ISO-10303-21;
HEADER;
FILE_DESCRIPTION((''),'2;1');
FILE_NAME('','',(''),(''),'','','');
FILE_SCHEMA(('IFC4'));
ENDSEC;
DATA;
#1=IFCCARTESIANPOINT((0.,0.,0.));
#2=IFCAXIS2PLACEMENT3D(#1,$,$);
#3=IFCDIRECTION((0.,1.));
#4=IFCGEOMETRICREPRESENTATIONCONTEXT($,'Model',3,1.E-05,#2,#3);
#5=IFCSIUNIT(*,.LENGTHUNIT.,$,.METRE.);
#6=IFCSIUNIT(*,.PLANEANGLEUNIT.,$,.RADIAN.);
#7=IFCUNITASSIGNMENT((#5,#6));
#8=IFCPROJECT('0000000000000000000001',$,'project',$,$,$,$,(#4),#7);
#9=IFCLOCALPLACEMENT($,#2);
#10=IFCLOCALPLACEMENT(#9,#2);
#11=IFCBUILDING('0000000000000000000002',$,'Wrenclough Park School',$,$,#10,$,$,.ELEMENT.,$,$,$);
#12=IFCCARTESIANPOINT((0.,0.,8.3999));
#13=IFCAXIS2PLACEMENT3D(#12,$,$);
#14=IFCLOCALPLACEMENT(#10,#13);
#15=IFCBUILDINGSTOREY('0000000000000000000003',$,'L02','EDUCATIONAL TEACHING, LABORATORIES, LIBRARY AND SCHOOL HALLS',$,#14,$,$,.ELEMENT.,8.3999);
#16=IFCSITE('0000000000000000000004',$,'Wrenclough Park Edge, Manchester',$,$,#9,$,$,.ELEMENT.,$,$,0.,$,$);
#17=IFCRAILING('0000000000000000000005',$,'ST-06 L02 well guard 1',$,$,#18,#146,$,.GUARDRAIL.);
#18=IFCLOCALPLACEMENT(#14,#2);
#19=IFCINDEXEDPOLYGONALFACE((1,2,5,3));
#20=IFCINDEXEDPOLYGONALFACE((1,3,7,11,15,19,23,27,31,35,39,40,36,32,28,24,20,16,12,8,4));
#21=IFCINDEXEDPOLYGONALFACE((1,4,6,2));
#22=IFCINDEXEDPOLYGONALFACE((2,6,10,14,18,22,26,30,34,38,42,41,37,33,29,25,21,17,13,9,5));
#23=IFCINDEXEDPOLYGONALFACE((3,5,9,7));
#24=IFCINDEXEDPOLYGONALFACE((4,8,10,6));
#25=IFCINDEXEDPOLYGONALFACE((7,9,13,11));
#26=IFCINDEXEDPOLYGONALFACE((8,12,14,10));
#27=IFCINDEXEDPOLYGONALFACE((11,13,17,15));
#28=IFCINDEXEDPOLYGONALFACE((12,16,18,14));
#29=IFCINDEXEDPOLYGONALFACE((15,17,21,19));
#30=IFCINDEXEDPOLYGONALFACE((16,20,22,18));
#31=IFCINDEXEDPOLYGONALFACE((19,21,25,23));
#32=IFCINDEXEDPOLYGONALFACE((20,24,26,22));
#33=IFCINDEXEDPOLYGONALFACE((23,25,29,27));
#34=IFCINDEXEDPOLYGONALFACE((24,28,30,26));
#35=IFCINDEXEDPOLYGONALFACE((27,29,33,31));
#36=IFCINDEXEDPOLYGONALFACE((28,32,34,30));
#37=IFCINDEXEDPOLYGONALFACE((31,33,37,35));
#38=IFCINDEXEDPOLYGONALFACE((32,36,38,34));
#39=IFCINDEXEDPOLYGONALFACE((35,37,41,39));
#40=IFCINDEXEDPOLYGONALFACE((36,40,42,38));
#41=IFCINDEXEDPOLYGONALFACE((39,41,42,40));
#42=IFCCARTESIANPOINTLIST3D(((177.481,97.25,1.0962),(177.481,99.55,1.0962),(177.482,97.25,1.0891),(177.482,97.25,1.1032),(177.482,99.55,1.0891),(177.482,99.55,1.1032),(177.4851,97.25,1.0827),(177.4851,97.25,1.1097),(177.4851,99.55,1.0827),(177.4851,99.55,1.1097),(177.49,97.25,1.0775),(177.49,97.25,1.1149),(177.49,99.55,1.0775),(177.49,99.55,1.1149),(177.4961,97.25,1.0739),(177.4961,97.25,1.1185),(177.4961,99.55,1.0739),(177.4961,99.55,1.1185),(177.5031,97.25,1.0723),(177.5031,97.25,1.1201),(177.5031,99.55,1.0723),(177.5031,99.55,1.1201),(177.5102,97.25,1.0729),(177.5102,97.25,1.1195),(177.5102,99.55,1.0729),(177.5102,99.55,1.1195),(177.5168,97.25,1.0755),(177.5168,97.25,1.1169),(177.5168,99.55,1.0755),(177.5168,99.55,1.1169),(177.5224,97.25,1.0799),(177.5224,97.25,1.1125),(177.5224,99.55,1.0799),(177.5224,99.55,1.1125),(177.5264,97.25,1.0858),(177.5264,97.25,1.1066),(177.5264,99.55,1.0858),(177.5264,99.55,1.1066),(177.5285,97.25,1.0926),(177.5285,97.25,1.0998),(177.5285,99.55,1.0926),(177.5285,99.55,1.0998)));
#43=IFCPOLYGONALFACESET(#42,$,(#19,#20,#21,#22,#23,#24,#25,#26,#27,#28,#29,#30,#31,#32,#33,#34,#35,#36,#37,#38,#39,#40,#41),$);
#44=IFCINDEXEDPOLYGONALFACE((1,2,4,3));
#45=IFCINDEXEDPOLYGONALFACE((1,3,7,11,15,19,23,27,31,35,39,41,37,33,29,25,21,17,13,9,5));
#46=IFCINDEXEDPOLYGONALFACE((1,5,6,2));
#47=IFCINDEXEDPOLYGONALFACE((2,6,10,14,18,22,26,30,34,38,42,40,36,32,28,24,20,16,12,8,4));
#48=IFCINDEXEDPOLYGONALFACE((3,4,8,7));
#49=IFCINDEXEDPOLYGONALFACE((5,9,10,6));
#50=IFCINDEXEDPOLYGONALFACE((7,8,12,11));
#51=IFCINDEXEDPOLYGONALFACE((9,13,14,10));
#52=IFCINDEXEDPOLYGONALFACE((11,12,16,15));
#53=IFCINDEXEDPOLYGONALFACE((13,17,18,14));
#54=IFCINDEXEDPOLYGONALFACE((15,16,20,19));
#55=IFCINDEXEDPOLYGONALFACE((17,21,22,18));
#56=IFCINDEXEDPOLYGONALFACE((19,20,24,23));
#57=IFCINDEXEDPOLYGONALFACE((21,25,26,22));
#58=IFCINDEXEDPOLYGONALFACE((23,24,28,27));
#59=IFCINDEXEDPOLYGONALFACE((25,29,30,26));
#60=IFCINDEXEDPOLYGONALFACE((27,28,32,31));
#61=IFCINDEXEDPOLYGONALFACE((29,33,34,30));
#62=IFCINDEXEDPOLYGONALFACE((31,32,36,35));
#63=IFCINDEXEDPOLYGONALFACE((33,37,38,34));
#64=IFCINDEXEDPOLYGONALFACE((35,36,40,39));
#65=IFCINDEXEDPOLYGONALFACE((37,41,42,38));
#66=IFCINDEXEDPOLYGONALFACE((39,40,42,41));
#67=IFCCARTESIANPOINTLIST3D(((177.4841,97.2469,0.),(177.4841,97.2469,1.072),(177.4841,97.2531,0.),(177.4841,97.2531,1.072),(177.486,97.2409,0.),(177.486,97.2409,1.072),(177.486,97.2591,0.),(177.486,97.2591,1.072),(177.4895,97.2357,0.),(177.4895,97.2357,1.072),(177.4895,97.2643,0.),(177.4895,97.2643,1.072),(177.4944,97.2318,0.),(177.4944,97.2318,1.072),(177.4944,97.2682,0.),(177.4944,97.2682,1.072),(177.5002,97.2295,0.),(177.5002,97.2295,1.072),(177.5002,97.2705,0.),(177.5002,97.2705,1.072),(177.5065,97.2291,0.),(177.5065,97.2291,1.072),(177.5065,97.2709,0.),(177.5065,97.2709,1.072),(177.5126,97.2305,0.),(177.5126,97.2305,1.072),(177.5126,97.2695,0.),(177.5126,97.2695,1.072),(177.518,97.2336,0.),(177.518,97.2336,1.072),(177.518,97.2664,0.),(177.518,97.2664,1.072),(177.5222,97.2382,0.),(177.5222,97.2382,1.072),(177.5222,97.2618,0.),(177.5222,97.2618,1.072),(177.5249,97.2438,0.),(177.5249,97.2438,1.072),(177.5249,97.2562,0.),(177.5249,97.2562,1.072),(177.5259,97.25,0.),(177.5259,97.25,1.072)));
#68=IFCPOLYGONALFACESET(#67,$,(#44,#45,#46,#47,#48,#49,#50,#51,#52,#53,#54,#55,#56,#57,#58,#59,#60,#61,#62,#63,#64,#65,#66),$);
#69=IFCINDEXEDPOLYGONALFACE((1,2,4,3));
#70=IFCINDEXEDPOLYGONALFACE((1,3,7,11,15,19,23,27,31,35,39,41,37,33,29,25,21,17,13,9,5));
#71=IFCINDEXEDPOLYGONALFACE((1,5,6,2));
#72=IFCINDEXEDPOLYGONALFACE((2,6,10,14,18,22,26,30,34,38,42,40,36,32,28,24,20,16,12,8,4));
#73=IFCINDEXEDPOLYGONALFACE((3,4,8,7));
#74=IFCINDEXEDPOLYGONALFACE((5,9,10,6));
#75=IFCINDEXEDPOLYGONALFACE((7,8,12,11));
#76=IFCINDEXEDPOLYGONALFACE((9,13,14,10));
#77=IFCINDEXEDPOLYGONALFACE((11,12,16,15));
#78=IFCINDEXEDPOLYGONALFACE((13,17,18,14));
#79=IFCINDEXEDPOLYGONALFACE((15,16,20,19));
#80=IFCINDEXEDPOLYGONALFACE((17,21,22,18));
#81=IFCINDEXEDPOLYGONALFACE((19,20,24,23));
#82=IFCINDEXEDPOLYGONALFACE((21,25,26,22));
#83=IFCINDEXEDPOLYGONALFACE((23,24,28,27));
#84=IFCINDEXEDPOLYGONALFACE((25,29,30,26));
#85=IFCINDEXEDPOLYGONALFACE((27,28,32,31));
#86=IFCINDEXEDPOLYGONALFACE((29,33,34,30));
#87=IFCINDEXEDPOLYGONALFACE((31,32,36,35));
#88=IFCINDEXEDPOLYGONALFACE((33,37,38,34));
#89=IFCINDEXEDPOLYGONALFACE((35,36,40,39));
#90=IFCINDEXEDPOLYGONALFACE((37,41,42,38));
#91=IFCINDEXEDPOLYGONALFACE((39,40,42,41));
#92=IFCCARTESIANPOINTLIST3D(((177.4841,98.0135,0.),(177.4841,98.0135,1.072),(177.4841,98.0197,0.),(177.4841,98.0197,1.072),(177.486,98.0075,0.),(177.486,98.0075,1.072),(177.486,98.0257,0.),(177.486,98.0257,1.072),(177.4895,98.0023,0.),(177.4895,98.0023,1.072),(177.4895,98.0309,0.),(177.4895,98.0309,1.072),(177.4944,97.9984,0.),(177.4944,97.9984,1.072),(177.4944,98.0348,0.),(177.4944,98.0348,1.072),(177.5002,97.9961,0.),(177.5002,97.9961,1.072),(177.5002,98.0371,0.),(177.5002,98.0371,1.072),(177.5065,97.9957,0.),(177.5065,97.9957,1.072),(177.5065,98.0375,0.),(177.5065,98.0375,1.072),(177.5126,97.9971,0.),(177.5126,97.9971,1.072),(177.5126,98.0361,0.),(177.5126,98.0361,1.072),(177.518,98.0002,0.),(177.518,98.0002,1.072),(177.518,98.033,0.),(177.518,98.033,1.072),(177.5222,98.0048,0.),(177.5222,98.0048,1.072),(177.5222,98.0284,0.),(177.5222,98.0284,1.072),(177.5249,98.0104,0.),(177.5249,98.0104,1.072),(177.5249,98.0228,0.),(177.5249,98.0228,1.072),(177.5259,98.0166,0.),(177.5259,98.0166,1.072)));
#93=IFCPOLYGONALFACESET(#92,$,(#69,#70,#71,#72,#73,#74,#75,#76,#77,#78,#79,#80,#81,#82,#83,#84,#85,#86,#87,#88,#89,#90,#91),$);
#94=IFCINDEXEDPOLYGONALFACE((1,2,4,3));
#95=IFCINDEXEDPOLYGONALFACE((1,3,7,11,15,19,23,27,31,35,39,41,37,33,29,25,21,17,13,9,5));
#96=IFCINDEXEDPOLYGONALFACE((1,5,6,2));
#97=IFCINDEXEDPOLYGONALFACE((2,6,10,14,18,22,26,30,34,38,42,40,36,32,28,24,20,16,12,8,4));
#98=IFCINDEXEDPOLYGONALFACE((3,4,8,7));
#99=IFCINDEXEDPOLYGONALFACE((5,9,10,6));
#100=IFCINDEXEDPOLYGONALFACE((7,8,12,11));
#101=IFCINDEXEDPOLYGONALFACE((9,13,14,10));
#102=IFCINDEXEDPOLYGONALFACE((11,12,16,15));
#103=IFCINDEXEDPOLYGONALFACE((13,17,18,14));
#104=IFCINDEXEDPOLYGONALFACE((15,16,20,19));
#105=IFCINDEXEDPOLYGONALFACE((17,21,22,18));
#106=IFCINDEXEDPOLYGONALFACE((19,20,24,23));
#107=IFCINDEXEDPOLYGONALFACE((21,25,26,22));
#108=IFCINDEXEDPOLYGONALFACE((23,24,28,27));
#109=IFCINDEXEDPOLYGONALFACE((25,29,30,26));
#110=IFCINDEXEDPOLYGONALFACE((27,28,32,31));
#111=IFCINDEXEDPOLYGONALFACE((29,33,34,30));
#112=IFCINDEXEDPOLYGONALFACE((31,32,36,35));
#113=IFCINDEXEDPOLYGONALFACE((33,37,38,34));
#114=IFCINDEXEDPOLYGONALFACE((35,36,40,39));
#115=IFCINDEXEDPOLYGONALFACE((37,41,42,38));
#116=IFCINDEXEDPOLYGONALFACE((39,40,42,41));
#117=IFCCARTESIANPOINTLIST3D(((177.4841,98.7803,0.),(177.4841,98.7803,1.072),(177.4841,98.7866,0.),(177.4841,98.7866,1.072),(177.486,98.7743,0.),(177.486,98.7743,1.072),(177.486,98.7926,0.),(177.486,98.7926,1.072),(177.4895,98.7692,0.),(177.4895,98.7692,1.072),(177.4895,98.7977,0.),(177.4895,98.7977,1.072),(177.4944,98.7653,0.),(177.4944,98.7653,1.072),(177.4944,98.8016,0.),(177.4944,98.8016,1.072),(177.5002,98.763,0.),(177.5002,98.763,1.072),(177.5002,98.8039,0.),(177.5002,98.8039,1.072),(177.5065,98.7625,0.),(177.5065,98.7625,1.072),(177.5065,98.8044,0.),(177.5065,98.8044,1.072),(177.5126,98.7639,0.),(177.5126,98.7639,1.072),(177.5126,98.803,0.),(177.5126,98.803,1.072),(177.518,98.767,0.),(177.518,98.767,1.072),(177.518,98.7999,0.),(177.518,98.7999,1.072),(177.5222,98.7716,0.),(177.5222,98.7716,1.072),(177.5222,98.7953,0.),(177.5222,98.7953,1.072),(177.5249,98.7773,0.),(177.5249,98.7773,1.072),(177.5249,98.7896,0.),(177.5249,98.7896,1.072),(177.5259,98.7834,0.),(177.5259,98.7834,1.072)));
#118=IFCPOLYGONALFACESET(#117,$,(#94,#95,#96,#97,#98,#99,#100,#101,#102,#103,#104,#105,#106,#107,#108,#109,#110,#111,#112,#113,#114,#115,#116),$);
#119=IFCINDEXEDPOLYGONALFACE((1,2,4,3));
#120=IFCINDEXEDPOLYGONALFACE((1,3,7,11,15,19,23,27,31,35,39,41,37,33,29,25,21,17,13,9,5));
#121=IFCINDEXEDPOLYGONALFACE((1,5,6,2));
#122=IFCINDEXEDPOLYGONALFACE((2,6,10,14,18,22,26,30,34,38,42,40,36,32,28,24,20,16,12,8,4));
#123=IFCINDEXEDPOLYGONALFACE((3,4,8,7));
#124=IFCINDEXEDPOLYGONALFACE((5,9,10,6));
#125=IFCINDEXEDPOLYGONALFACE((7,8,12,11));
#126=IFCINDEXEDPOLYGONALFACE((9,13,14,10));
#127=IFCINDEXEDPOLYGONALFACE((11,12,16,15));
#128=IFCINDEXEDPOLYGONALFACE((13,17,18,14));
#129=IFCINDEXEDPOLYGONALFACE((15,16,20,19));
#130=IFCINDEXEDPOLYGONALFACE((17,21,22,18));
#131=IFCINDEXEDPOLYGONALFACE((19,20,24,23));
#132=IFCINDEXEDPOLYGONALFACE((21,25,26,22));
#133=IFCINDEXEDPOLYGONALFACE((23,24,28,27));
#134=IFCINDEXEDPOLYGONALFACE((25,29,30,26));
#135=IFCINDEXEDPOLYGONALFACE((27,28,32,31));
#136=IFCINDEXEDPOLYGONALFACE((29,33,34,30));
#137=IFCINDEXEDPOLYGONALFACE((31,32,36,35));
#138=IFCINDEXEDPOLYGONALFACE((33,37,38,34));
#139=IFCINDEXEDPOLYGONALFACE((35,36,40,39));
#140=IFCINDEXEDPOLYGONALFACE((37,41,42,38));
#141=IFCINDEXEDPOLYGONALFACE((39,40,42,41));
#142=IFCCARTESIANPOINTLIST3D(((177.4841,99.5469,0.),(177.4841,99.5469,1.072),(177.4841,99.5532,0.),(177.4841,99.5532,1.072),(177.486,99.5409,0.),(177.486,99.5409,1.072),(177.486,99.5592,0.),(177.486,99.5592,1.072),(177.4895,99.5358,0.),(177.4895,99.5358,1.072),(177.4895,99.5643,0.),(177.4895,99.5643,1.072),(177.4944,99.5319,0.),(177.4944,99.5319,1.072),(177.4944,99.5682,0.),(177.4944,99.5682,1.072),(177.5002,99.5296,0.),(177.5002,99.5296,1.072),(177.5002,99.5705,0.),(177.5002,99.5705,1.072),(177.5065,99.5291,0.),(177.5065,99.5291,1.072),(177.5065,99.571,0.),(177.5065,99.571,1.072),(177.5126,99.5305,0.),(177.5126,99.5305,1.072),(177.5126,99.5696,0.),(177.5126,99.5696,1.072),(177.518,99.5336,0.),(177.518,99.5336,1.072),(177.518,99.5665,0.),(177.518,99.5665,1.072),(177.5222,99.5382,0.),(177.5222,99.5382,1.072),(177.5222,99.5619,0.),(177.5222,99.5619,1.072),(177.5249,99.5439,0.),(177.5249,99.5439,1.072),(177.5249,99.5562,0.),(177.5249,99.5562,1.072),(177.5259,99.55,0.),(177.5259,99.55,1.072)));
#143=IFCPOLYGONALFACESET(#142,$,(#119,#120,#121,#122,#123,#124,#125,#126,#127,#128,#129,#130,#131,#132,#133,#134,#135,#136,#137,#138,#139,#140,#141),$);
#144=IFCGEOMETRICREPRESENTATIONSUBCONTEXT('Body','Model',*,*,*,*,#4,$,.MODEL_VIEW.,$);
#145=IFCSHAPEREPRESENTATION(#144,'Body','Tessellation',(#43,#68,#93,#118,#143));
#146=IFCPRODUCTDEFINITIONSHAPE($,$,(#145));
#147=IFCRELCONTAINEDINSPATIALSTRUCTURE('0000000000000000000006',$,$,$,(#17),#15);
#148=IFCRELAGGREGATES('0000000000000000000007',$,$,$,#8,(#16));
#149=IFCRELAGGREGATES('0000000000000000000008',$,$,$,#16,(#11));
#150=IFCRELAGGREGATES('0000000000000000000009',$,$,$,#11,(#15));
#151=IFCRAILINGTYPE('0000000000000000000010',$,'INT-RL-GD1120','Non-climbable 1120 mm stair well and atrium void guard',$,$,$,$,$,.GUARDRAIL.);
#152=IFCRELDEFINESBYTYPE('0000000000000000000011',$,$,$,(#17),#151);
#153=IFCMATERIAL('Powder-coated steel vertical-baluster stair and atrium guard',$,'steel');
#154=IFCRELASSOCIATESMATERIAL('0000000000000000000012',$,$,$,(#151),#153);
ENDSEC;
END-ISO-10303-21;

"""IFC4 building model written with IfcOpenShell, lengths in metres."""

from ifc_helpers import new_model, si_unit, direction, frame, origin, origin_2d, place, context, subcontext, project, spatial, circle, extrude, material, type_object, element, save


model = new_model("IFC4")

# Units and contexts
model_context = context("Model", 3, precision=1e-05, world=origin(), true_north=direction((0.0, 1.0)))
body_context = subcontext(model_context, "Body", "Model", "MODEL_VIEW")
ifc_project = project(units=[si_unit("LENGTHUNIT", "METRE"), si_unit("PLANEANGLEUNIT", "RADIAN")], contexts=[model_context])

# Site, building, storey
site_placement = place(None, origin())
site = spatial("IfcSite", under=ifc_project, at=site_placement, Name="Wrenclough Park Edge, Manchester", CompositionType="ELEMENT", RefElevation=0.0)
building_placement = place(site_placement, origin())
building = spatial("IfcBuilding", under=site, at=building_placement, Name="Wrenclough Park School", CompositionType="ELEMENT")
storey_placement = place(building_placement, frame((0.0, 0.0, 8.3999)))
storey = spatial("IfcBuildingStorey", under=building, at=storey_placement, Name="L02", Description="EDUCATIONAL TEACHING, LABORATORIES, LIBRARY AND SCHOOL HALLS", CompositionType="ELEMENT", Elevation=8.3999)

# Railing
ifc_material_1 = material(Name="Powder-coated steel vertical-baluster stair and atrium guard", Category="steel")
railing_type_1 = type_object("IfcRailingType", Name="INT-RL-GD1120", Description="Non-climbable 1120 mm stair well and atrium void guard", PredefinedType="GUARDRAIL", material=ifc_material_1)
railing_1_placement = place(storey_placement, frame((177.5049, 97.25, 0.0)))
element("IfcRailing", 1, at=railing_1_placement, inside=storey, type_object=railing_type_1, Name="ST-06 L02 well guard 1", PredefinedType="GUARDRAIL", context=body_context, shape_type="SweptSolid", body=[
    extrude(circle(Radius=0.0239, at=origin_2d()), frame((0.0, 0.0, 1.0962), z_axis=(0.0, 1.0, 0.0), x_axis=(-1.0, 0.0, 0.0)), (0.0, 0.0, 1.0), 2.3),
    extrude(circle(Radius=0.021, at=origin_2d()), origin(), (0.0, 0.0, 1.0), 1.072),
    extrude(circle(Radius=0.021, at=origin_2d()), frame((0.0, 0.7666, 0.0)), (0.0, 0.0, 1.0), 1.072),
    extrude(circle(Radius=0.021, at=origin_2d()), frame((0.0, 1.5334, 0.0)), (0.0, 0.0, 1.0), 1.072),
    extrude(circle(Radius=0.021, at=origin_2d()), frame((0.0, 2.3, 0.0)), (0.0, 0.0, 1.0), 1.072),
])

save(model, "model.ifc")
